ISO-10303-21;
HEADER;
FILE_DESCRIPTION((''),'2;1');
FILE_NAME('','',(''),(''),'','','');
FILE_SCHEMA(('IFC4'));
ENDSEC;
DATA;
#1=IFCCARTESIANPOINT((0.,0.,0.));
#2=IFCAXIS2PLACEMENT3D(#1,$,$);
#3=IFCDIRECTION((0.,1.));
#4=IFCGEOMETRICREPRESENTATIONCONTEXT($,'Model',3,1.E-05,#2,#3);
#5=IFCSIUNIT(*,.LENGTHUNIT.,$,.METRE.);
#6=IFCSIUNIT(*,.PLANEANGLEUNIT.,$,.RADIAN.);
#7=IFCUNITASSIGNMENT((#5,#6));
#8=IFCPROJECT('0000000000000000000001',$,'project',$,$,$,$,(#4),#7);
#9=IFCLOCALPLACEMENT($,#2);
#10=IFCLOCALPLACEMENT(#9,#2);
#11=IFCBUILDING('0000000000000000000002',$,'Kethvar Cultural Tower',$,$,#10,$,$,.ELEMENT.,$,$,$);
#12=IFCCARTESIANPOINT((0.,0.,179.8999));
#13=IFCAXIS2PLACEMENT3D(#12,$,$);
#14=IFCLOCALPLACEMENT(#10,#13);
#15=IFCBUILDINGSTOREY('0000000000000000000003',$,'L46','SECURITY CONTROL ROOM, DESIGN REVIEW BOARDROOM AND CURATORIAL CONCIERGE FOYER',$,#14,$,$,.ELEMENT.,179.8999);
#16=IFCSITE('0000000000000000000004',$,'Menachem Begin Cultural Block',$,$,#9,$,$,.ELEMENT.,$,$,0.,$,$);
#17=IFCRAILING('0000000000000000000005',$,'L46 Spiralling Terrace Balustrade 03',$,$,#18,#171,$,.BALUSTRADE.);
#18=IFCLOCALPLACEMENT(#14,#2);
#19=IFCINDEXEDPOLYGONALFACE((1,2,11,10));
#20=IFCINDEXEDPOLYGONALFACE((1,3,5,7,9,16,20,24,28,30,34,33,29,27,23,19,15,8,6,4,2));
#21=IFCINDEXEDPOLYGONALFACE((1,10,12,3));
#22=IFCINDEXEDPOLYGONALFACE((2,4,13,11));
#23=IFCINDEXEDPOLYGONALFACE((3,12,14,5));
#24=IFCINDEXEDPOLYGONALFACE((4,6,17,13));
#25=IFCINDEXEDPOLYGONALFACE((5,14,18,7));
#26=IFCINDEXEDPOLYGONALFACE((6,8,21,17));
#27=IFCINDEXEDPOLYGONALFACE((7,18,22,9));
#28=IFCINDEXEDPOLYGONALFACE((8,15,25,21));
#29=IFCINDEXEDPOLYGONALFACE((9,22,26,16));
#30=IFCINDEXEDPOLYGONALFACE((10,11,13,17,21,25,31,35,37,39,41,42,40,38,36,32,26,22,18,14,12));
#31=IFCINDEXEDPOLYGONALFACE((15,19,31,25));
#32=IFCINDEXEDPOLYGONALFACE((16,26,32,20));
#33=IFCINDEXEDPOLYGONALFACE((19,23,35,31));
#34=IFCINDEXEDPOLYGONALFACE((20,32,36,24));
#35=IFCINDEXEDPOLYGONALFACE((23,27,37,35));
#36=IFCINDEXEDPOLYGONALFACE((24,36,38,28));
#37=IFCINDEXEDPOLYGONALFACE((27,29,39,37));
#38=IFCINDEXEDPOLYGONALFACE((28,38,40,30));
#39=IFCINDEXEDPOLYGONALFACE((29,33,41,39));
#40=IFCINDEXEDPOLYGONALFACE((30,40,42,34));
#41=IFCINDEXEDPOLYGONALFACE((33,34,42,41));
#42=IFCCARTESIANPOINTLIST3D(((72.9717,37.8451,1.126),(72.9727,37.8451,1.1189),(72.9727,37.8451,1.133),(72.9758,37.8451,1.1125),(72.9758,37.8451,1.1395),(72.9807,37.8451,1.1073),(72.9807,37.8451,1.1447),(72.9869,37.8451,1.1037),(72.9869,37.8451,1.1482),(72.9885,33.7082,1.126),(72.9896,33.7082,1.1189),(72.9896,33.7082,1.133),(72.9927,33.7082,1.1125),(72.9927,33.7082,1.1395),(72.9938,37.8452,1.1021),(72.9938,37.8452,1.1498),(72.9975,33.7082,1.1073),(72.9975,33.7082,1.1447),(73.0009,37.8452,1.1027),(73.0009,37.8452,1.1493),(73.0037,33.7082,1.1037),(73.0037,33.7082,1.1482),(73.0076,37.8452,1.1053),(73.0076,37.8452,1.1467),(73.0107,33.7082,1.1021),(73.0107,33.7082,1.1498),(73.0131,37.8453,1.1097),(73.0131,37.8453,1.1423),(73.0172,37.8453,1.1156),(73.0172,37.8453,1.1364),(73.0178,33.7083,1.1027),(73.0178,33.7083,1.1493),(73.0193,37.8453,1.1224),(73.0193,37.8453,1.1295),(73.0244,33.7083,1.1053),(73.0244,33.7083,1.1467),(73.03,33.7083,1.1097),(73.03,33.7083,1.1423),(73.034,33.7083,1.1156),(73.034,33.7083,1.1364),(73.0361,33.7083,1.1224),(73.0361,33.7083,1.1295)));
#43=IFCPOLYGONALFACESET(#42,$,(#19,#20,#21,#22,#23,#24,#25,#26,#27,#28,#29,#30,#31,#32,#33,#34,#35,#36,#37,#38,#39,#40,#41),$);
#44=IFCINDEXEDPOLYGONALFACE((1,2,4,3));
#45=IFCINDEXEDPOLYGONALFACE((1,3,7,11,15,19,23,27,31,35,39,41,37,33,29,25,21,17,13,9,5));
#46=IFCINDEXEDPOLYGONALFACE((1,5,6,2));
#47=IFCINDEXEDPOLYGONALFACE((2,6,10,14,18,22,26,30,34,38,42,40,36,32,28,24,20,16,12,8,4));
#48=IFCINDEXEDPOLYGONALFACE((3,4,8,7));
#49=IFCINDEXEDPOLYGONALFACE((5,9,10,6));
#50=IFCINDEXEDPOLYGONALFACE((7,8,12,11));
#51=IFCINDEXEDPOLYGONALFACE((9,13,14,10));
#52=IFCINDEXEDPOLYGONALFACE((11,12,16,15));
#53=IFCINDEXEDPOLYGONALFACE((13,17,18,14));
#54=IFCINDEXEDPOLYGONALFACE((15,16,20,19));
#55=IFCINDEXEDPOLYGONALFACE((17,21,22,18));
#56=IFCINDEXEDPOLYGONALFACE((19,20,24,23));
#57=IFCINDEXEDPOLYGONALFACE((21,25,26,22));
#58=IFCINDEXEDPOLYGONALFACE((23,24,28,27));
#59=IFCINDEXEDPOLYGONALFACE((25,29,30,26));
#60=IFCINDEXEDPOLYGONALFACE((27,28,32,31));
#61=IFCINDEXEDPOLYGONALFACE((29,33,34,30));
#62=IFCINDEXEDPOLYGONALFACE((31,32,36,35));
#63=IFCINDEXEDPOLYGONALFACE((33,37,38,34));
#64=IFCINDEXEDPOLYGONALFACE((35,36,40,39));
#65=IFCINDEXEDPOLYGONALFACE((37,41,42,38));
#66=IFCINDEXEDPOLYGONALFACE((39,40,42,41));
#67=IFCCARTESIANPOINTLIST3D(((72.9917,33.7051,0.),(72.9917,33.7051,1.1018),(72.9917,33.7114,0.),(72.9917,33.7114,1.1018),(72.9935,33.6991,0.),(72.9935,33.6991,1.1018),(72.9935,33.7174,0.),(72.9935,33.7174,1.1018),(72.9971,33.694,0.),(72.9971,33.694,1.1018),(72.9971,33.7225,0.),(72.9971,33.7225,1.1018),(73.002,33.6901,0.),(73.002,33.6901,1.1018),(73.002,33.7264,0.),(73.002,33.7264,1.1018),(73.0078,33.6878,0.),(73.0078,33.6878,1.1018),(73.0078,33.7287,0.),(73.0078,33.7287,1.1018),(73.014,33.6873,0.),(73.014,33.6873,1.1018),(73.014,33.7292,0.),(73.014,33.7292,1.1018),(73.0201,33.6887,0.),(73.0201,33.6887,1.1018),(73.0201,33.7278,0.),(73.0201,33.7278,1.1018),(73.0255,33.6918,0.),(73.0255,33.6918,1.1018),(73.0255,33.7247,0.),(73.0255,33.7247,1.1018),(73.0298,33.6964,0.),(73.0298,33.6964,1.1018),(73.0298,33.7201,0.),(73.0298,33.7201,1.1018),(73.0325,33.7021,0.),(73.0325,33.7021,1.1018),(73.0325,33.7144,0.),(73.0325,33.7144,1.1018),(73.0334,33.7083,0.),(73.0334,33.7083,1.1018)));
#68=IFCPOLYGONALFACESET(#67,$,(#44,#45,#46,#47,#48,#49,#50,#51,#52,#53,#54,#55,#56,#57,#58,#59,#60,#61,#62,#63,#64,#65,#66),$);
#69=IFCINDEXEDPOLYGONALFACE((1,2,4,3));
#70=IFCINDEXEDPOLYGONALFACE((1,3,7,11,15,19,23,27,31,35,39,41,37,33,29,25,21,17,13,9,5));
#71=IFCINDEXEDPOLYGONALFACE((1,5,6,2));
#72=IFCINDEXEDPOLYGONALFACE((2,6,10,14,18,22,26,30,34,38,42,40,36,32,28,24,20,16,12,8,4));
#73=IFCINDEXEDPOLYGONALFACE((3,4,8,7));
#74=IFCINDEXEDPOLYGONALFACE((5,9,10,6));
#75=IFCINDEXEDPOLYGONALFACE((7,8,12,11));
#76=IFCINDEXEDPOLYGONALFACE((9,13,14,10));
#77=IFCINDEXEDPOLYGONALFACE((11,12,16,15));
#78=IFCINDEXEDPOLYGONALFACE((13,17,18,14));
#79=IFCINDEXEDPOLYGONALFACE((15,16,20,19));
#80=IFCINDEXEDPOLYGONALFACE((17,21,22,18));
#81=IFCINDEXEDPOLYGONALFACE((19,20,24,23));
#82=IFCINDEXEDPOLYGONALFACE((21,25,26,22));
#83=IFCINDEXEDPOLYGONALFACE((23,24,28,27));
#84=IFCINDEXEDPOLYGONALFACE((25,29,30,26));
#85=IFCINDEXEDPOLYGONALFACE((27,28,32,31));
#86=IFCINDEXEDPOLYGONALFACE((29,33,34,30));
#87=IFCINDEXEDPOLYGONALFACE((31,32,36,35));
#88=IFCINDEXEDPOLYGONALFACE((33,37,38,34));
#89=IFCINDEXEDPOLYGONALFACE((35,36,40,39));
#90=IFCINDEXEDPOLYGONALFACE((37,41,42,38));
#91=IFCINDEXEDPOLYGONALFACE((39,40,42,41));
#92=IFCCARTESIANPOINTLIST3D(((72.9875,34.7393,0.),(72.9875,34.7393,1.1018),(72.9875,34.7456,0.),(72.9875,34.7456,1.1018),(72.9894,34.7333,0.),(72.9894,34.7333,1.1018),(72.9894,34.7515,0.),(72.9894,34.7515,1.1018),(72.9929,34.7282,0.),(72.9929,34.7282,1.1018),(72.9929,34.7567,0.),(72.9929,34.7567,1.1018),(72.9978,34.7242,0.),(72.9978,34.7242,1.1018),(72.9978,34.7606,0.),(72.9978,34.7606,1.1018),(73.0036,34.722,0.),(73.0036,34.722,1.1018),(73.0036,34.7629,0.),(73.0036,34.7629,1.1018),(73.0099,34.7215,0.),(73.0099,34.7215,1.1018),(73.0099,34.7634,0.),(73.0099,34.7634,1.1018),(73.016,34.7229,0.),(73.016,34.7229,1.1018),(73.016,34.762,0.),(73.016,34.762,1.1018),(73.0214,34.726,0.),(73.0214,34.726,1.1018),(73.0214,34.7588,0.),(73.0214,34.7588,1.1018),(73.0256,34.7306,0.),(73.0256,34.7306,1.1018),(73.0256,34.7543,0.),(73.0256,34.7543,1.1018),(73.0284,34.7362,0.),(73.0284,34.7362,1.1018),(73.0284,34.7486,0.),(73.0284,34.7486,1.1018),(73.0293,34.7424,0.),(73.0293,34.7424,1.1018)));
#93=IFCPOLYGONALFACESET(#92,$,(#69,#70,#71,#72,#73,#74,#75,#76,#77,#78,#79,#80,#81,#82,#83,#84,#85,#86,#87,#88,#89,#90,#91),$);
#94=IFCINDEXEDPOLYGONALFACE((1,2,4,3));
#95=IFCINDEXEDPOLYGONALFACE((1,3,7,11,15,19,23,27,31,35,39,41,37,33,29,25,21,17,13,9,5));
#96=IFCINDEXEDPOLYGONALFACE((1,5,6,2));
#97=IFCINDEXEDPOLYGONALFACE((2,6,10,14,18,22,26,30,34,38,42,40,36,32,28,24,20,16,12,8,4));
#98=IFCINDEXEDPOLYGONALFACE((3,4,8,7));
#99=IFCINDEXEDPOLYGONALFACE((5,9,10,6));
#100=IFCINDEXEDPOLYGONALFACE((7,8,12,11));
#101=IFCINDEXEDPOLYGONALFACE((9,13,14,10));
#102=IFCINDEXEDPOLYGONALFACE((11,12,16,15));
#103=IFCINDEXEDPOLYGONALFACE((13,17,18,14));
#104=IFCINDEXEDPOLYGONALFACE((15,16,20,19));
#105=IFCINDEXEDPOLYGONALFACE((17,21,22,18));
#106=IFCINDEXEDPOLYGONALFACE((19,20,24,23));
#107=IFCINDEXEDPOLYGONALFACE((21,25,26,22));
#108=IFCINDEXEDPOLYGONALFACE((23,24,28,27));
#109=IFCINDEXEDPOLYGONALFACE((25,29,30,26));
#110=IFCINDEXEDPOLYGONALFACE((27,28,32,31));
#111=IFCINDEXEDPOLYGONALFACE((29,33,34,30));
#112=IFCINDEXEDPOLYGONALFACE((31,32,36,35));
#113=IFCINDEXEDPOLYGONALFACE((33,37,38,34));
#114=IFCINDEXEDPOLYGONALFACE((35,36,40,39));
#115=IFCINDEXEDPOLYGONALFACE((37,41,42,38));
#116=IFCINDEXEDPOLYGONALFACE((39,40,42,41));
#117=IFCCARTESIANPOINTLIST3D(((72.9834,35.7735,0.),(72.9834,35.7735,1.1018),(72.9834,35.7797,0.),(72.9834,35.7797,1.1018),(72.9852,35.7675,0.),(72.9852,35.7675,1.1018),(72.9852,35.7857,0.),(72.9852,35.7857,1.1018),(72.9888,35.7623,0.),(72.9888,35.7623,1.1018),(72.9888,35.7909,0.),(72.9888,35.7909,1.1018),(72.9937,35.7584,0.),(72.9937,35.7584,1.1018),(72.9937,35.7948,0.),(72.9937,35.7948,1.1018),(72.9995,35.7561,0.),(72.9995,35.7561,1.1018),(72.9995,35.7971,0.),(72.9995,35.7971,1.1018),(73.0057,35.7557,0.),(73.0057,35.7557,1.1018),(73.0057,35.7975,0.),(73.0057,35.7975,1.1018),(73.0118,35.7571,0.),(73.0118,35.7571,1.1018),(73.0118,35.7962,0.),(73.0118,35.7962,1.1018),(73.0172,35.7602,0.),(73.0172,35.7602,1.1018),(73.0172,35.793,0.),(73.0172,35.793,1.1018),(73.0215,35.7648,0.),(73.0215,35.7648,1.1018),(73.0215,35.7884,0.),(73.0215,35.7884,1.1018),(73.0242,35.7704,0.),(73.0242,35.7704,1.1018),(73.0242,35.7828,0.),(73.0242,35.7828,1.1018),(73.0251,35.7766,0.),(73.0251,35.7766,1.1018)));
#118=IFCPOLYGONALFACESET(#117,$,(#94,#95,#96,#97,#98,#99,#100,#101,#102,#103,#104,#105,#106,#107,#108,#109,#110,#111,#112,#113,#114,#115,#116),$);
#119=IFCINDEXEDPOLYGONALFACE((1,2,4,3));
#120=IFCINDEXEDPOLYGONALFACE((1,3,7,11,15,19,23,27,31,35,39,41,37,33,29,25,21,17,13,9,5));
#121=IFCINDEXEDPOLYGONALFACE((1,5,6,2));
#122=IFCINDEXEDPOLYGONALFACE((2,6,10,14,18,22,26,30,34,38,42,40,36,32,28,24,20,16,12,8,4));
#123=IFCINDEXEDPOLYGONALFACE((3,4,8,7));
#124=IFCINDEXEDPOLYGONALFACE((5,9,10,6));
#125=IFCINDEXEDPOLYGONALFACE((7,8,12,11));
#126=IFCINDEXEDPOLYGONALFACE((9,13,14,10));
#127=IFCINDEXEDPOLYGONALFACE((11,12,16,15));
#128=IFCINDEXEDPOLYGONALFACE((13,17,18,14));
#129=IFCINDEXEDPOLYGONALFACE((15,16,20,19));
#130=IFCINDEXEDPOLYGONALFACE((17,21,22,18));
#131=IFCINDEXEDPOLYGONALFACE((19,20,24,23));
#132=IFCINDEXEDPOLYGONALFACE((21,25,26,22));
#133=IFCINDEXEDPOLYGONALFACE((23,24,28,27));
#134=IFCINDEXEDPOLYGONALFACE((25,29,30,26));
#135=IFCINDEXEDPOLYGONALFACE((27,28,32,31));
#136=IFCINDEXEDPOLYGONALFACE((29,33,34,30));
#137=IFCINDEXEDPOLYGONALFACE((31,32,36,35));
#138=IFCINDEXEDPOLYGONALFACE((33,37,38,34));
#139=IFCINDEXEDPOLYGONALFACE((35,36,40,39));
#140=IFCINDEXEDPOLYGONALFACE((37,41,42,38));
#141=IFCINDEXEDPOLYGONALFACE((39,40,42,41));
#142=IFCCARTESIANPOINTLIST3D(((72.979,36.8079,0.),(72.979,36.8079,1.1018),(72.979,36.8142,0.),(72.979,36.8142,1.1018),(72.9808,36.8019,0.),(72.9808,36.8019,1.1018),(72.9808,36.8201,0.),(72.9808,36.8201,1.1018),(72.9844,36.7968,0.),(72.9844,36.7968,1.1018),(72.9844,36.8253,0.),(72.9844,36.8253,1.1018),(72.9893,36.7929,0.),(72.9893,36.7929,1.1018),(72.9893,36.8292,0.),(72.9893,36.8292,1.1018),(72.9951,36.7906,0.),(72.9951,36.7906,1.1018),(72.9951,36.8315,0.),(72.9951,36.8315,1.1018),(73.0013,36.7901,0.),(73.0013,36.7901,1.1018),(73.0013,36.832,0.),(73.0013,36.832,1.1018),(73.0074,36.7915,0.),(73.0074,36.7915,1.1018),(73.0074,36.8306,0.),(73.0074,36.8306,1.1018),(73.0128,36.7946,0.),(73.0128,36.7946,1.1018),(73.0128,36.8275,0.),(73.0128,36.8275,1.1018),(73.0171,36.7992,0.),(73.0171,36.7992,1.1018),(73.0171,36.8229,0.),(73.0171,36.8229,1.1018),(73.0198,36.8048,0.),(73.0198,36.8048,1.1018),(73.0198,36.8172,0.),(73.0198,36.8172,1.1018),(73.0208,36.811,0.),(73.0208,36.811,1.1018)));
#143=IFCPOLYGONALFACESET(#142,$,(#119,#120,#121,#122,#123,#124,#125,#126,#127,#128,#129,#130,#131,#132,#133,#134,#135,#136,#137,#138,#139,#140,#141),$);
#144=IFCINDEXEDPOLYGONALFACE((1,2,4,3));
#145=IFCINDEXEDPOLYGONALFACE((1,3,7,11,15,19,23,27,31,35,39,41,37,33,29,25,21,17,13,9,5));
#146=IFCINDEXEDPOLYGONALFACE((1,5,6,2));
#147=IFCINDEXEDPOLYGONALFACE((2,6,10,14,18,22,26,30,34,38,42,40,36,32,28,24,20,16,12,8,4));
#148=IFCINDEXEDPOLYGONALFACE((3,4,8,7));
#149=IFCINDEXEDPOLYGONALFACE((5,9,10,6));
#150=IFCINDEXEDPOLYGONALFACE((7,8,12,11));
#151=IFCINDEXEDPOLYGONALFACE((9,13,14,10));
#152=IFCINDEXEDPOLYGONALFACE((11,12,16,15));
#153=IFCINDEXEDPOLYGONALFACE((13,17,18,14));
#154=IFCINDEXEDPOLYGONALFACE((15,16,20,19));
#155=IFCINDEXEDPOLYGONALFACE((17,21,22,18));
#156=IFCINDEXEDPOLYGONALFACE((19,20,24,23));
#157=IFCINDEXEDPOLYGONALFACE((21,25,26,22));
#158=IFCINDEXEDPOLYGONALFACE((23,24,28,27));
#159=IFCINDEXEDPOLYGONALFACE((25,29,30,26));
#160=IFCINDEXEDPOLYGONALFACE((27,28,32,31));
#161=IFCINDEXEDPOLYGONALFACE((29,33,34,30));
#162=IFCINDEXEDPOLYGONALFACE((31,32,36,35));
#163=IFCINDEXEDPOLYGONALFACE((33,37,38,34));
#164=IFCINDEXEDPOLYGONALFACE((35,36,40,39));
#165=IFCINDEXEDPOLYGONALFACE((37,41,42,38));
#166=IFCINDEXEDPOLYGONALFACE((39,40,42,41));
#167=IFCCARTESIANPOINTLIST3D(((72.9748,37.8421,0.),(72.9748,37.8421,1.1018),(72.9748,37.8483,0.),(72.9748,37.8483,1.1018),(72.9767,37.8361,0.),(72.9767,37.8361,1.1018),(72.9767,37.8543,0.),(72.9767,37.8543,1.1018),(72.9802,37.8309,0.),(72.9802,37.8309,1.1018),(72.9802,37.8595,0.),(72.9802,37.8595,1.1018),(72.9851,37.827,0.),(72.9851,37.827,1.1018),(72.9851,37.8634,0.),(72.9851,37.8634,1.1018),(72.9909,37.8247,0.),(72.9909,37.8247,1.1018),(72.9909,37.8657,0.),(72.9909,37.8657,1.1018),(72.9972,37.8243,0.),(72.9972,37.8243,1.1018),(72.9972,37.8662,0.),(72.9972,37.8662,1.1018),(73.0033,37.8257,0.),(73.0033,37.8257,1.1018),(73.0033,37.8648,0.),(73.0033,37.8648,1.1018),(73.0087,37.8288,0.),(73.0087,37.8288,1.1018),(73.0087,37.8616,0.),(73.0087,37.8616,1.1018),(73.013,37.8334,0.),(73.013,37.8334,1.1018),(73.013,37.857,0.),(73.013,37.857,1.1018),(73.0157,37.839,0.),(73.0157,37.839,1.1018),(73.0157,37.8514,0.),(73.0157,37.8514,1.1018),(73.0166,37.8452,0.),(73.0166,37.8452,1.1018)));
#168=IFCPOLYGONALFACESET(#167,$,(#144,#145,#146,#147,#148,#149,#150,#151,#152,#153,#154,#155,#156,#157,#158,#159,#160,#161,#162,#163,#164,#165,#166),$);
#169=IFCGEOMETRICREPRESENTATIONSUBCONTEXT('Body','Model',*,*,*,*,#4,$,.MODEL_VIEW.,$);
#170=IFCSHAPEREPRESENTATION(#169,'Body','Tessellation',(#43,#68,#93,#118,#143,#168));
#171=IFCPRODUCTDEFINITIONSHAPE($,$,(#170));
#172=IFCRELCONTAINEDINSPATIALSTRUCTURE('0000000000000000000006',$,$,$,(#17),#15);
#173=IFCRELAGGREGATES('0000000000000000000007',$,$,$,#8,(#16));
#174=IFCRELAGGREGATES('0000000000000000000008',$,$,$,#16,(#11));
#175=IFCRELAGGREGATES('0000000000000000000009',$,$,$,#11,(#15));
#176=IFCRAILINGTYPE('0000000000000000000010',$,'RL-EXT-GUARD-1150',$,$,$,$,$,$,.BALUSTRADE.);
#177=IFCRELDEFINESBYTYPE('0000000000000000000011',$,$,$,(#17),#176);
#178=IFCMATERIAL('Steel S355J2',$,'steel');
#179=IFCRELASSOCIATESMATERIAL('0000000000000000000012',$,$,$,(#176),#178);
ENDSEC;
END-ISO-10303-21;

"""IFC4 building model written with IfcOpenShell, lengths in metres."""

from ifc_helpers import new_model, si_unit, direction, frame, origin, origin_2d, place, context, subcontext, project, spatial, circle, extrude, material, type_object, element, save


model = new_model("IFC4")

# Units and contexts
model_context = context("Model", 3, precision=1e-05, world=origin(), true_north=direction((0.0, 1.0)))
body_context = subcontext(model_context, "Body", "Model", "MODEL_VIEW")
ifc_project = project(units=[si_unit("LENGTHUNIT", "METRE"), si_unit("PLANEANGLEUNIT", "RADIAN")], contexts=[model_context])

# Site, building, storey
site_placement = place(None, origin())
site = spatial("IfcSite", under=ifc_project, at=site_placement, Name="Menachem Begin Cultural Block", CompositionType="ELEMENT", RefElevation=0.0)
building_placement = place(site_placement, origin())
building = spatial("IfcBuilding", under=site, at=building_placement, Name="Kethvar Cultural Tower", CompositionType="ELEMENT")
storey_placement = place(building_placement, frame((0.0, 0.0, 179.8999)))
storey = spatial("IfcBuildingStorey", under=building, at=storey_placement, Name="L46", Description="SECURITY CONTROL ROOM, DESIGN REVIEW BOARDROOM AND CURATORIAL CONCIERGE FOYER", CompositionType="ELEMENT", Elevation=179.8999)

# Shared definitions
ifc_material_1 = material(Name="Steel S355J2", Category="steel")

# Railing
railing_type = type_object("IfcRailingType", Name="RL-EXT-GUARD-1150", PredefinedType="BALUSTRADE", material=ifc_material_1)
railing_1_placement = place(storey_placement, frame((73.0125, 33.7083, 0.0)))
element("IfcRailing", 1, at=railing_1_placement, inside=storey, type_object=railing_type, Name="L46 Spiralling Terrace Balustrade 03", PredefinedType="BALUSTRADE", context=body_context, shape_type="SweptSolid", body=[
    extrude(circle(Radius=0.0239, at=origin_2d()), frame((0.0, 0.0, 1.126), z_axis=(-0.004072, 0.999992, 0.0), x_axis=(-0.999992, -0.004072, 0.0)), (0.0, 0.0, 1.0), 4.137),
    extrude(circle(Radius=0.021, at=origin_2d()), origin(), (0.0, 0.0, 1.0), 1.1018),
    extrude(circle(Radius=0.021, at=origin_2d()), frame((-0.0042, 1.0342, 0.0)), (0.0, 0.0, 1.0), 1.1018),
    extrude(circle(Radius=0.021, at=origin_2d()), frame((-0.0083, 2.0684, 0.0)), (0.0, 0.0, 1.0), 1.1018),
    extrude(circle(Radius=0.021, at=origin_2d()), frame((-0.0127, 3.1028, 0.0)), (0.0, 0.0, 1.0), 1.1018),
    extrude(circle(Radius=0.021, at=origin_2d()), frame((-0.0168, 4.137, 0.0)), (0.0, 0.0, 1.0), 1.1018),
])

save(model, "model.ifc")
